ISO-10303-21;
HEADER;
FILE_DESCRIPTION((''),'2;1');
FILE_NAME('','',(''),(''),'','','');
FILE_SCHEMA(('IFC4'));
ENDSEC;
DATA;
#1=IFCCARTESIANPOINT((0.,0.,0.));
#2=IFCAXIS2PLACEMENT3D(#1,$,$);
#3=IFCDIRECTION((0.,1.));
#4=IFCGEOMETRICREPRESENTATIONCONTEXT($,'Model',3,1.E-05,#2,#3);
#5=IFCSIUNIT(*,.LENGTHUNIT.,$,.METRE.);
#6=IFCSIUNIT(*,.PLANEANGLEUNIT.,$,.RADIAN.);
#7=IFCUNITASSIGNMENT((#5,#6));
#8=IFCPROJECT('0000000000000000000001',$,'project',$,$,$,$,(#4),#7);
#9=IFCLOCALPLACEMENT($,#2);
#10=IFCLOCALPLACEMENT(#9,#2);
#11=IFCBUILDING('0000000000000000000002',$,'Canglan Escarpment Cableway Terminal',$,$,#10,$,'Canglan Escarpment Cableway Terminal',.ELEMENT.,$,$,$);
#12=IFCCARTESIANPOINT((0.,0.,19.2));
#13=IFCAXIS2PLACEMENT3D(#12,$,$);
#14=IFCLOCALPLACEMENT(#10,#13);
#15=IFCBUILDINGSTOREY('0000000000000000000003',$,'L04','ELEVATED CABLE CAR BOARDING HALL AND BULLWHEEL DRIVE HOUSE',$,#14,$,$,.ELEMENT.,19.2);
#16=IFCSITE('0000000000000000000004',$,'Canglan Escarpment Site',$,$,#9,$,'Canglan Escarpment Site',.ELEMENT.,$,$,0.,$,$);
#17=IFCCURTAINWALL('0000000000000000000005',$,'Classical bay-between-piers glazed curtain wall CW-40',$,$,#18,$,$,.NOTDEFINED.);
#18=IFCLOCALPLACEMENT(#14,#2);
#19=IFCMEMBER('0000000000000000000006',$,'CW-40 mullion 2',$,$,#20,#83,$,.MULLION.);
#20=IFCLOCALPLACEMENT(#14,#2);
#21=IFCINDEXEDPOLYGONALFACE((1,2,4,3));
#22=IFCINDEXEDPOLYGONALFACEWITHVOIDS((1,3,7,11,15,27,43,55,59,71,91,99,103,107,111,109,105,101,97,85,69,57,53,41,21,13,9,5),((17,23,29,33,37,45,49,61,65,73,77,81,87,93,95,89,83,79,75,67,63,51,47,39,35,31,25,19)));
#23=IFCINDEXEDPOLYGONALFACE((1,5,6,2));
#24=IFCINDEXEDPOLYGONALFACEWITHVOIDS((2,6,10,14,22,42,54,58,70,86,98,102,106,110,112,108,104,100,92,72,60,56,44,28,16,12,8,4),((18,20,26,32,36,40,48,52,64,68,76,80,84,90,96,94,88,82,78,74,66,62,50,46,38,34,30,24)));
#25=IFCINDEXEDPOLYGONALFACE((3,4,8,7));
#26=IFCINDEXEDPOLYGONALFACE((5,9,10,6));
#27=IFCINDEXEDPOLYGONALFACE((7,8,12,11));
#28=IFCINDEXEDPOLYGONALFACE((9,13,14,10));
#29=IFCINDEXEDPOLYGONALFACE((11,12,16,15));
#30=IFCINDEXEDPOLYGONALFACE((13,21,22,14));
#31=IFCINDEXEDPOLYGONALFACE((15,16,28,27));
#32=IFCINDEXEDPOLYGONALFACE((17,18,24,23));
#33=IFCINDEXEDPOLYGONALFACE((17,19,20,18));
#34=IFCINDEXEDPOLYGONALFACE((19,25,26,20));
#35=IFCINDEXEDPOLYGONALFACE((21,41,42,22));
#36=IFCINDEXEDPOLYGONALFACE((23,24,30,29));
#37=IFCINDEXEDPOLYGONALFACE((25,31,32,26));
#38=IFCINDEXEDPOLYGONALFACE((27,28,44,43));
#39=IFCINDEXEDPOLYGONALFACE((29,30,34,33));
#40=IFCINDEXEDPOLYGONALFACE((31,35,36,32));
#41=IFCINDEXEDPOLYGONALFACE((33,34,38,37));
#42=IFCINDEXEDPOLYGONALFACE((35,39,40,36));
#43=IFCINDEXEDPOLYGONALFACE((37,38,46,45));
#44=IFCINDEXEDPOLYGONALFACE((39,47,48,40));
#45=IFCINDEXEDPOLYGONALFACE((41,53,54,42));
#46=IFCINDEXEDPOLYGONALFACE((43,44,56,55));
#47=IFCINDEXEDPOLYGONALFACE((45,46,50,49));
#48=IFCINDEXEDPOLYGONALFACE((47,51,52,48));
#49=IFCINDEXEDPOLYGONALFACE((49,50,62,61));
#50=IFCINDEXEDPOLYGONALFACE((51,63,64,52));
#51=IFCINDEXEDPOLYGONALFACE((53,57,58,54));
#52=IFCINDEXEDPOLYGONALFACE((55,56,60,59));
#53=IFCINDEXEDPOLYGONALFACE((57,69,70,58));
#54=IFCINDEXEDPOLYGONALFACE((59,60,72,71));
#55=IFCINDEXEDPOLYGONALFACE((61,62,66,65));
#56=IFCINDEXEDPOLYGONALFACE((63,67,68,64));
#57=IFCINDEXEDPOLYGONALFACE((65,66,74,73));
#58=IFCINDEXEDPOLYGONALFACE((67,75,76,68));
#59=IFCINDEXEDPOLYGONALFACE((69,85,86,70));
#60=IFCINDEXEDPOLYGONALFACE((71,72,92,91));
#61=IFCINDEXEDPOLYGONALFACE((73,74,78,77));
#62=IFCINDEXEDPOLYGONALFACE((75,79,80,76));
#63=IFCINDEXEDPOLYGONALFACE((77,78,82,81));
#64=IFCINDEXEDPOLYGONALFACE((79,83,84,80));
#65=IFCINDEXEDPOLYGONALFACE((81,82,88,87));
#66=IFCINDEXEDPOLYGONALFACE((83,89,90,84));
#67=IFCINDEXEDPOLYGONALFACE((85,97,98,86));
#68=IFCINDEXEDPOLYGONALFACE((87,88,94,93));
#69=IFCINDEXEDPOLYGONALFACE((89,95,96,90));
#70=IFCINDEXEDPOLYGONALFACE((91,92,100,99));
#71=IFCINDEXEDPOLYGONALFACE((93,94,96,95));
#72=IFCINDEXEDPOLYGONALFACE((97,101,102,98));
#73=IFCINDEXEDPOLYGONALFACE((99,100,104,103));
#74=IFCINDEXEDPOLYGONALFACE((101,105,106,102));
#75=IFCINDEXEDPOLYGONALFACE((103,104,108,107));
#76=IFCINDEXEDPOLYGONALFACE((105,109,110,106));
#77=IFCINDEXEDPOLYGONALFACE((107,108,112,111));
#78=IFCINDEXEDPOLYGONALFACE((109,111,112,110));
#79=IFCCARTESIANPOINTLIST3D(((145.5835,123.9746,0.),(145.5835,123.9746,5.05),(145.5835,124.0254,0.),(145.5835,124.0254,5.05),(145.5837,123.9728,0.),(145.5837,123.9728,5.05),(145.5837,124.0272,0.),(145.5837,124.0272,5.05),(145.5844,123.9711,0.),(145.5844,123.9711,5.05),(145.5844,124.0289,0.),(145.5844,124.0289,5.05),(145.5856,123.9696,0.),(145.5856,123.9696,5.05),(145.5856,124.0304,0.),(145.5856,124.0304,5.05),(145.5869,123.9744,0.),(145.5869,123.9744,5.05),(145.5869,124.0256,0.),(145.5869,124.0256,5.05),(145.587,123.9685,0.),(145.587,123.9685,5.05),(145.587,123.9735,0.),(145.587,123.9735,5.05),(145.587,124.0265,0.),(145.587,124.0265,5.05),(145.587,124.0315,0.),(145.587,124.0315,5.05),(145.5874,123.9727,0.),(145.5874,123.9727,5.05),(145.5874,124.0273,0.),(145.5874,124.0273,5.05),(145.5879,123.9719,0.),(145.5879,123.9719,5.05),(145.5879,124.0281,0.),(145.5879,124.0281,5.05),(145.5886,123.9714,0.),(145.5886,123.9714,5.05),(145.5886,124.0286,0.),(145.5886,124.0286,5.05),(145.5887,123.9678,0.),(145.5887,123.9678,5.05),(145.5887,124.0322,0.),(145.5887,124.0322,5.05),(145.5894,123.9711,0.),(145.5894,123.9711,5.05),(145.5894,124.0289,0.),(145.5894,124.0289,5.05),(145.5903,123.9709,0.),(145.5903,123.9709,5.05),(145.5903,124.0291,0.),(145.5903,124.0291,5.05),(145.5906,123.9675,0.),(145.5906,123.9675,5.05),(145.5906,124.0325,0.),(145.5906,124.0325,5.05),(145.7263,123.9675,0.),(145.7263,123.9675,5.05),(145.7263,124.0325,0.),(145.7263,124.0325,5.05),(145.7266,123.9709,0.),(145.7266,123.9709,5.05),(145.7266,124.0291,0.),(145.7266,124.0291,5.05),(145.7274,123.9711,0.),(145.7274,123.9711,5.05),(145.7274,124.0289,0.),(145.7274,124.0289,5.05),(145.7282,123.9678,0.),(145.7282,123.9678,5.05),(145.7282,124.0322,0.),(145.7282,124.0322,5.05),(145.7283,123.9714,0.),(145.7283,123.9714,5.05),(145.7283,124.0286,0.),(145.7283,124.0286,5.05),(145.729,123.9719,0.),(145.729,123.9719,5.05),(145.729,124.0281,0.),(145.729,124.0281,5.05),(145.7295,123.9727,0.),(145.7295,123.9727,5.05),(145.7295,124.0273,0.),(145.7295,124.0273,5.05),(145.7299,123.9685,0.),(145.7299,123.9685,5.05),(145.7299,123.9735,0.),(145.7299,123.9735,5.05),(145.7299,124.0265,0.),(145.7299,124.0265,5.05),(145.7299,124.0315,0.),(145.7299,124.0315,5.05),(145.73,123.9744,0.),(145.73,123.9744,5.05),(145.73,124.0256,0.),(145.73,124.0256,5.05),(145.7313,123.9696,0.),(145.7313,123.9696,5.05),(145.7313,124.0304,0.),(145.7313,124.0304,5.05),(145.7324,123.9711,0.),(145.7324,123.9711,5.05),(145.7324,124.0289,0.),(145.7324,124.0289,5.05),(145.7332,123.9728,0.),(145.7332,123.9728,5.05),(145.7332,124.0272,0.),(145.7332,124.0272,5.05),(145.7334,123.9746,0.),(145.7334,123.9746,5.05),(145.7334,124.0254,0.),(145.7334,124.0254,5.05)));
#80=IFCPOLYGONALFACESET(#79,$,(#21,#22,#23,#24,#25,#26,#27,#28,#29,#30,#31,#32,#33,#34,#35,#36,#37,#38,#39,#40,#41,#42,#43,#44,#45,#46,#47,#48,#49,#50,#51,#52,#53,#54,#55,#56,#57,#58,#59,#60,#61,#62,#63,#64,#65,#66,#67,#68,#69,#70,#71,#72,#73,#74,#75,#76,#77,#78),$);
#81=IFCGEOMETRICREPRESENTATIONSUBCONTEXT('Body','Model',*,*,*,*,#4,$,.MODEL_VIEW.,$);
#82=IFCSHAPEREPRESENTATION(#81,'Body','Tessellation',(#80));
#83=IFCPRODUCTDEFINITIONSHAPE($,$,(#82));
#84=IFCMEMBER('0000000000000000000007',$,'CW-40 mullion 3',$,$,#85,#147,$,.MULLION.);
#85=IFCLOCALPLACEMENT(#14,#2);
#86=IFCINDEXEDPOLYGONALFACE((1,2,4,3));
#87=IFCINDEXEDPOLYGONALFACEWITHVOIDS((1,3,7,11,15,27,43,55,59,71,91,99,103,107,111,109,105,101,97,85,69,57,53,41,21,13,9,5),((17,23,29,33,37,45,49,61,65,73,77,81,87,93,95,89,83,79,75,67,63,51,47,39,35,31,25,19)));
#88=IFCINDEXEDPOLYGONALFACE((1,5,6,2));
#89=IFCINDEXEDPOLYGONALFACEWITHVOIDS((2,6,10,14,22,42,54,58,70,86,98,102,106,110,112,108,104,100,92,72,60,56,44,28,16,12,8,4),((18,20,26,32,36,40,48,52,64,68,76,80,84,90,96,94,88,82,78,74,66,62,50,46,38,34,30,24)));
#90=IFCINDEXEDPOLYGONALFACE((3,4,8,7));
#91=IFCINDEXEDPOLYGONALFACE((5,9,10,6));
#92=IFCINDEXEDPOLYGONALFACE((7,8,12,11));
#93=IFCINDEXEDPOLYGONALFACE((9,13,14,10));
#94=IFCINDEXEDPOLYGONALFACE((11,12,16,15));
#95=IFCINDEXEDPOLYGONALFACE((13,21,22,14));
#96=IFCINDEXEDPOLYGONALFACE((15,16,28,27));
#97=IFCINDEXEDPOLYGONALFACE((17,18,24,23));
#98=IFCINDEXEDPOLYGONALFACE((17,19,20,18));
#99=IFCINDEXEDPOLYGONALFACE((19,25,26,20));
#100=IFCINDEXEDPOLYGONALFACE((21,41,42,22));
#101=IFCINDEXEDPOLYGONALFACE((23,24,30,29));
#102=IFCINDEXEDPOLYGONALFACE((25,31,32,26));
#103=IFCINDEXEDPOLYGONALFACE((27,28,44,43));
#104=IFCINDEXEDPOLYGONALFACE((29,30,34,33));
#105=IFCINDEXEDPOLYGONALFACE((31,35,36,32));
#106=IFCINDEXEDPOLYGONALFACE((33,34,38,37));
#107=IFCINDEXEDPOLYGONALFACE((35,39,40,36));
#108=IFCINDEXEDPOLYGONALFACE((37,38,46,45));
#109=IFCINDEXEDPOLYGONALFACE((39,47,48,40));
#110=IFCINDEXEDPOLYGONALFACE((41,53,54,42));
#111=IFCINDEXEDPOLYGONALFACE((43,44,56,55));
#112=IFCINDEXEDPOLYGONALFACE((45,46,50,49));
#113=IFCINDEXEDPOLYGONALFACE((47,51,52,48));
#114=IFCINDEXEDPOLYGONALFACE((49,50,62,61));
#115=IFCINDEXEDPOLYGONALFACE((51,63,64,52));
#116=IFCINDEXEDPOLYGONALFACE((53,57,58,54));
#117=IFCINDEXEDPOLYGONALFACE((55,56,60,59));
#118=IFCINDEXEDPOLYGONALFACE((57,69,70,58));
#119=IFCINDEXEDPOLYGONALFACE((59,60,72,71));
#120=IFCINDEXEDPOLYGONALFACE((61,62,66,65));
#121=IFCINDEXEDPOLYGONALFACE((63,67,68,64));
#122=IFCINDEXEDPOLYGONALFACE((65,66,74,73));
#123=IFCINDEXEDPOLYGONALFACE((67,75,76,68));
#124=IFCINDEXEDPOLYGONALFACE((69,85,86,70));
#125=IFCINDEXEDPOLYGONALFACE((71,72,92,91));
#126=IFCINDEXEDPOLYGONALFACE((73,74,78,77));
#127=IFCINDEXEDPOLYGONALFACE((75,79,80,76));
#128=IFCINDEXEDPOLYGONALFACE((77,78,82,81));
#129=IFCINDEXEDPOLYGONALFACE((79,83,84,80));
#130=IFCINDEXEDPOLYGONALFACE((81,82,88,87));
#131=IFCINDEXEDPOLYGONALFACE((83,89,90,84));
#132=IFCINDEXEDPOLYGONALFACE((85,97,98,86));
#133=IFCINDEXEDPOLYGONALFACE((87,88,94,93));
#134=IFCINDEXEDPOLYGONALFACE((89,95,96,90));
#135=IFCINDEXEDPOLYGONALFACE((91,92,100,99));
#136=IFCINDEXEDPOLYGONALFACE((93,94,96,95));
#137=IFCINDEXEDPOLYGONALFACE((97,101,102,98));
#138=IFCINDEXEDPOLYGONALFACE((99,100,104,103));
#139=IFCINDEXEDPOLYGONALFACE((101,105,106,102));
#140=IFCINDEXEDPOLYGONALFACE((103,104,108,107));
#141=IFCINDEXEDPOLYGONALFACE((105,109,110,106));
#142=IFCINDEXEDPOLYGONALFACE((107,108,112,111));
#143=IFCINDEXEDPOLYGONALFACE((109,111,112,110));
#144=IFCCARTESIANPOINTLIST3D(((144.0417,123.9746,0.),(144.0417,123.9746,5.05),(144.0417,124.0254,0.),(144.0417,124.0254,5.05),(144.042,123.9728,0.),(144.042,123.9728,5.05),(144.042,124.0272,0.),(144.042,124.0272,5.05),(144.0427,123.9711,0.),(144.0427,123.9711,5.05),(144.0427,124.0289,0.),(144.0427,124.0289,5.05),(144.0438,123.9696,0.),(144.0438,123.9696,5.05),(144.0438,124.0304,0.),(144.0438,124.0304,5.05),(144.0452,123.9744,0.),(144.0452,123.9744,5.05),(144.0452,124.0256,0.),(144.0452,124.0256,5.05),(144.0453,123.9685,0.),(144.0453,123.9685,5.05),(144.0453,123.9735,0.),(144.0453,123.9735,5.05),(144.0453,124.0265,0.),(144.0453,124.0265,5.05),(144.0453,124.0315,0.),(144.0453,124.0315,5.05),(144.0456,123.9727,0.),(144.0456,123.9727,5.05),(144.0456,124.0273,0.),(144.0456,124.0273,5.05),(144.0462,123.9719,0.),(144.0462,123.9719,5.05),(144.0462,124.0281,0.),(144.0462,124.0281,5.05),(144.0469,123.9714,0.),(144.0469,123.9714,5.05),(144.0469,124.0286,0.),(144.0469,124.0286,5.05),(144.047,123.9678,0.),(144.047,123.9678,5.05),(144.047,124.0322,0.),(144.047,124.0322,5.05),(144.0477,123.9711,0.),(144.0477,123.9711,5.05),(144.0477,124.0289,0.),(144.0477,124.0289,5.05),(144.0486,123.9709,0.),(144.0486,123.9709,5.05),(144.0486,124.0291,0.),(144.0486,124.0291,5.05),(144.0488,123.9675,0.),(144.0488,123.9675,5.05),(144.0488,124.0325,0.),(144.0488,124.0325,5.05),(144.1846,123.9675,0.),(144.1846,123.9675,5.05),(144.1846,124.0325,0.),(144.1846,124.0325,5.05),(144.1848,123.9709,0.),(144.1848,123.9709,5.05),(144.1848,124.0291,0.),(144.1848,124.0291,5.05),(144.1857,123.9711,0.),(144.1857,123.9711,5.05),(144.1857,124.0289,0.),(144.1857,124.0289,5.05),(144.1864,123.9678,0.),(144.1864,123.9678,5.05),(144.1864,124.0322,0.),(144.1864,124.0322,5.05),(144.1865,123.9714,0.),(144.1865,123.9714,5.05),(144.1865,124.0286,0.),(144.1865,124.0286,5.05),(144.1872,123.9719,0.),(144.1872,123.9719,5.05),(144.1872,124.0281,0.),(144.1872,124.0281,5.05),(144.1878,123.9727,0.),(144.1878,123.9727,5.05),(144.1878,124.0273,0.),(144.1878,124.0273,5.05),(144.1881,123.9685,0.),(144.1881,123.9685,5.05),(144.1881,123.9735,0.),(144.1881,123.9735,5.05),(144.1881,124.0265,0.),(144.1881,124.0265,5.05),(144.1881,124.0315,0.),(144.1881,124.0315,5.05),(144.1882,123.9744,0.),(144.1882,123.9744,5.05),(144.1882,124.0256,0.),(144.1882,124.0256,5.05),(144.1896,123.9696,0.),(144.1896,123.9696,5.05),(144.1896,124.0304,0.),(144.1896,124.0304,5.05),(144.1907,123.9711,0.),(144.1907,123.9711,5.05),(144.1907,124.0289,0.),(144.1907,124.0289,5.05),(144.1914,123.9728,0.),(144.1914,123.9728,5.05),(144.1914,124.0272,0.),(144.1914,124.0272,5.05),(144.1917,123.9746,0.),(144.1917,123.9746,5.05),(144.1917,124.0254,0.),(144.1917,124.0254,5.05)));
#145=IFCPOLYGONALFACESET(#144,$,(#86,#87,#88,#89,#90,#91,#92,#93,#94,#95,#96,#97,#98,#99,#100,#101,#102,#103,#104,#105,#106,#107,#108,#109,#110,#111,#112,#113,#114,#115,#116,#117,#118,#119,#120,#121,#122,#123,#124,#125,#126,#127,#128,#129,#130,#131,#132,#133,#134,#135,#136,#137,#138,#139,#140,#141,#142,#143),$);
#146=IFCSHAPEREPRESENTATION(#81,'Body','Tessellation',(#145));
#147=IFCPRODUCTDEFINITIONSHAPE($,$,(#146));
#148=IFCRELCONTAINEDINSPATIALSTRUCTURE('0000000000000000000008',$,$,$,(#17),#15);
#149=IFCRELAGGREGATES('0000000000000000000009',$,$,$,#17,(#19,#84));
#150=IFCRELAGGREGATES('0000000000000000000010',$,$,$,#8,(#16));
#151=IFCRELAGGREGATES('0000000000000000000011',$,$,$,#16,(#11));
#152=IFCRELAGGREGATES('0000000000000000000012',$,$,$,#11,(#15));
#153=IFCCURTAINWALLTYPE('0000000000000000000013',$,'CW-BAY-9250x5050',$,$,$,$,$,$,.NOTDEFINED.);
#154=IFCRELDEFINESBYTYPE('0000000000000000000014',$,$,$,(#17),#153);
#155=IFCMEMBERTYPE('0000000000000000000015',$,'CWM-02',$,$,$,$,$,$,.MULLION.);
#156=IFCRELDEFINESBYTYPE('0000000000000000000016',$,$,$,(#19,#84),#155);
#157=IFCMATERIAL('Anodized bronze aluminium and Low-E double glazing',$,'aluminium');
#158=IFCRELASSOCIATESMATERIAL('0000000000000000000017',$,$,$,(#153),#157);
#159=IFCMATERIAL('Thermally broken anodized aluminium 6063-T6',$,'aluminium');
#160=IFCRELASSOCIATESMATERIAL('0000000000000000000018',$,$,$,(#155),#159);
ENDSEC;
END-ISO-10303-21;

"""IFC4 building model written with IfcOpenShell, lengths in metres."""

from ifc_helpers import new_model, si_unit, direction, frame, origin, origin_2d, place, context, subcontext, project, spatial, hollow_rectangle, extrude, material, material_profile, profile_set, type_object, element, aggregate, save


model = new_model("IFC4")

# Units and contexts
model_context = context("Model", 3, precision=1e-05, world=origin(), true_north=direction((0.0, 1.0)))
body_context = subcontext(model_context, "Body", "Model", "MODEL_VIEW")
ifc_project = project(units=[si_unit("LENGTHUNIT", "METRE"), si_unit("PLANEANGLEUNIT", "RADIAN")], contexts=[model_context])

# Site, building, storey
site_placement = place(None, origin())
site = spatial("IfcSite", under=ifc_project, at=site_placement, Name="Canglan Escarpment Site", LongName="Canglan Escarpment Site", CompositionType="ELEMENT", RefElevation=0.0)
building_placement = place(site_placement, origin())
building = spatial("IfcBuilding", under=site, at=building_placement, Name="Canglan Escarpment Cableway Terminal", LongName="Canglan Escarpment Cableway Terminal", CompositionType="ELEMENT")
storey_placement = place(building_placement, frame((0.0, 0.0, 19.2)))
storey = spatial("IfcBuildingStorey", under=building, at=storey_placement, Name="L04", Description="ELEVATED CABLE CAR BOARDING HALL AND BULLWHEEL DRIVE HOUSE", CompositionType="ELEMENT", Elevation=19.2)

# Curtain wall, members
ifc_material_1 = material(Name="Anodized bronze aluminium and Low-E double glazing", Category="aluminium")
curtain_wall_type = type_object("IfcCurtainWallType", Name="CW-BAY-9250x5050", PredefinedType="NOTDEFINED", material=ifc_material_1)
curtain_wall_placement = place(storey_placement, origin())
curtain_wall = element("IfcCurtainWall", 1, at=curtain_wall_placement, inside=storey, type_object=curtain_wall_type, Name="Classical bay-between-piers glazed curtain wall CW-40", PredefinedType="NOTDEFINED")
ifc_material_2 = material(Name="Thermally broken anodized aluminium 6063-T6", Category="aluminium")
ifc_material_profile_1 = material_profile(ifc_material_2, hollow_rectangle(XDim=0.0649, YDim=0.1499, WallThickness=0.0034, InnerFilletRadius=0.0034, OuterFilletRadius=0.0071, at=origin_2d()), Name="ALU-MULL 65x150x3.5")
ifc_profile_set_1 = profile_set([ifc_material_profile_1], Name="Thermally broken anodized aluminium 6063-T6")
member_type_1 = type_object("IfcMemberType", Name="CWM-02", PredefinedType="MULLION", material=ifc_profile_set_1)
member_1_placement = place(storey_placement, frame((145.6584, 124.0, 0.0), z_axis=(0.0, 0.0, 1.0), x_axis=(0.0, -1.0, 0.0)))
member_1 = element("IfcMember", 2, at=member_1_placement, type_object=member_type_1, Name="CW-40 mullion 2", PredefinedType="MULLION", context=body_context, shape_type="SweptSolid", body=[
    extrude(hollow_rectangle(XDim=0.0649, YDim=0.1499, WallThickness=0.0034, InnerFilletRadius=0.0034, OuterFilletRadius=0.0071, at=origin_2d()), origin(), (0.0, 0.0, 1.0), 5.05),
])
member_2_placement = place(storey_placement, frame((144.1167, 124.0, 0.0), z_axis=(0.0, 0.0, 1.0), x_axis=(0.0, -1.0, 0.0)))
member_2 = element("IfcMember", 3, at=member_2_placement, type_object=member_type_1, Name="CW-40 mullion 3", PredefinedType="MULLION", context=body_context, shape_type="SweptSolid", body=[
    extrude(hollow_rectangle(XDim=0.0649, YDim=0.1499, WallThickness=0.0034, InnerFilletRadius=0.0034, OuterFilletRadius=0.0071, at=origin_2d()), origin(), (0.0, 0.0, 1.0), 5.05),
])
aggregate(curtain_wall, [member_1, member_2])

save(model, "model.ifc")
